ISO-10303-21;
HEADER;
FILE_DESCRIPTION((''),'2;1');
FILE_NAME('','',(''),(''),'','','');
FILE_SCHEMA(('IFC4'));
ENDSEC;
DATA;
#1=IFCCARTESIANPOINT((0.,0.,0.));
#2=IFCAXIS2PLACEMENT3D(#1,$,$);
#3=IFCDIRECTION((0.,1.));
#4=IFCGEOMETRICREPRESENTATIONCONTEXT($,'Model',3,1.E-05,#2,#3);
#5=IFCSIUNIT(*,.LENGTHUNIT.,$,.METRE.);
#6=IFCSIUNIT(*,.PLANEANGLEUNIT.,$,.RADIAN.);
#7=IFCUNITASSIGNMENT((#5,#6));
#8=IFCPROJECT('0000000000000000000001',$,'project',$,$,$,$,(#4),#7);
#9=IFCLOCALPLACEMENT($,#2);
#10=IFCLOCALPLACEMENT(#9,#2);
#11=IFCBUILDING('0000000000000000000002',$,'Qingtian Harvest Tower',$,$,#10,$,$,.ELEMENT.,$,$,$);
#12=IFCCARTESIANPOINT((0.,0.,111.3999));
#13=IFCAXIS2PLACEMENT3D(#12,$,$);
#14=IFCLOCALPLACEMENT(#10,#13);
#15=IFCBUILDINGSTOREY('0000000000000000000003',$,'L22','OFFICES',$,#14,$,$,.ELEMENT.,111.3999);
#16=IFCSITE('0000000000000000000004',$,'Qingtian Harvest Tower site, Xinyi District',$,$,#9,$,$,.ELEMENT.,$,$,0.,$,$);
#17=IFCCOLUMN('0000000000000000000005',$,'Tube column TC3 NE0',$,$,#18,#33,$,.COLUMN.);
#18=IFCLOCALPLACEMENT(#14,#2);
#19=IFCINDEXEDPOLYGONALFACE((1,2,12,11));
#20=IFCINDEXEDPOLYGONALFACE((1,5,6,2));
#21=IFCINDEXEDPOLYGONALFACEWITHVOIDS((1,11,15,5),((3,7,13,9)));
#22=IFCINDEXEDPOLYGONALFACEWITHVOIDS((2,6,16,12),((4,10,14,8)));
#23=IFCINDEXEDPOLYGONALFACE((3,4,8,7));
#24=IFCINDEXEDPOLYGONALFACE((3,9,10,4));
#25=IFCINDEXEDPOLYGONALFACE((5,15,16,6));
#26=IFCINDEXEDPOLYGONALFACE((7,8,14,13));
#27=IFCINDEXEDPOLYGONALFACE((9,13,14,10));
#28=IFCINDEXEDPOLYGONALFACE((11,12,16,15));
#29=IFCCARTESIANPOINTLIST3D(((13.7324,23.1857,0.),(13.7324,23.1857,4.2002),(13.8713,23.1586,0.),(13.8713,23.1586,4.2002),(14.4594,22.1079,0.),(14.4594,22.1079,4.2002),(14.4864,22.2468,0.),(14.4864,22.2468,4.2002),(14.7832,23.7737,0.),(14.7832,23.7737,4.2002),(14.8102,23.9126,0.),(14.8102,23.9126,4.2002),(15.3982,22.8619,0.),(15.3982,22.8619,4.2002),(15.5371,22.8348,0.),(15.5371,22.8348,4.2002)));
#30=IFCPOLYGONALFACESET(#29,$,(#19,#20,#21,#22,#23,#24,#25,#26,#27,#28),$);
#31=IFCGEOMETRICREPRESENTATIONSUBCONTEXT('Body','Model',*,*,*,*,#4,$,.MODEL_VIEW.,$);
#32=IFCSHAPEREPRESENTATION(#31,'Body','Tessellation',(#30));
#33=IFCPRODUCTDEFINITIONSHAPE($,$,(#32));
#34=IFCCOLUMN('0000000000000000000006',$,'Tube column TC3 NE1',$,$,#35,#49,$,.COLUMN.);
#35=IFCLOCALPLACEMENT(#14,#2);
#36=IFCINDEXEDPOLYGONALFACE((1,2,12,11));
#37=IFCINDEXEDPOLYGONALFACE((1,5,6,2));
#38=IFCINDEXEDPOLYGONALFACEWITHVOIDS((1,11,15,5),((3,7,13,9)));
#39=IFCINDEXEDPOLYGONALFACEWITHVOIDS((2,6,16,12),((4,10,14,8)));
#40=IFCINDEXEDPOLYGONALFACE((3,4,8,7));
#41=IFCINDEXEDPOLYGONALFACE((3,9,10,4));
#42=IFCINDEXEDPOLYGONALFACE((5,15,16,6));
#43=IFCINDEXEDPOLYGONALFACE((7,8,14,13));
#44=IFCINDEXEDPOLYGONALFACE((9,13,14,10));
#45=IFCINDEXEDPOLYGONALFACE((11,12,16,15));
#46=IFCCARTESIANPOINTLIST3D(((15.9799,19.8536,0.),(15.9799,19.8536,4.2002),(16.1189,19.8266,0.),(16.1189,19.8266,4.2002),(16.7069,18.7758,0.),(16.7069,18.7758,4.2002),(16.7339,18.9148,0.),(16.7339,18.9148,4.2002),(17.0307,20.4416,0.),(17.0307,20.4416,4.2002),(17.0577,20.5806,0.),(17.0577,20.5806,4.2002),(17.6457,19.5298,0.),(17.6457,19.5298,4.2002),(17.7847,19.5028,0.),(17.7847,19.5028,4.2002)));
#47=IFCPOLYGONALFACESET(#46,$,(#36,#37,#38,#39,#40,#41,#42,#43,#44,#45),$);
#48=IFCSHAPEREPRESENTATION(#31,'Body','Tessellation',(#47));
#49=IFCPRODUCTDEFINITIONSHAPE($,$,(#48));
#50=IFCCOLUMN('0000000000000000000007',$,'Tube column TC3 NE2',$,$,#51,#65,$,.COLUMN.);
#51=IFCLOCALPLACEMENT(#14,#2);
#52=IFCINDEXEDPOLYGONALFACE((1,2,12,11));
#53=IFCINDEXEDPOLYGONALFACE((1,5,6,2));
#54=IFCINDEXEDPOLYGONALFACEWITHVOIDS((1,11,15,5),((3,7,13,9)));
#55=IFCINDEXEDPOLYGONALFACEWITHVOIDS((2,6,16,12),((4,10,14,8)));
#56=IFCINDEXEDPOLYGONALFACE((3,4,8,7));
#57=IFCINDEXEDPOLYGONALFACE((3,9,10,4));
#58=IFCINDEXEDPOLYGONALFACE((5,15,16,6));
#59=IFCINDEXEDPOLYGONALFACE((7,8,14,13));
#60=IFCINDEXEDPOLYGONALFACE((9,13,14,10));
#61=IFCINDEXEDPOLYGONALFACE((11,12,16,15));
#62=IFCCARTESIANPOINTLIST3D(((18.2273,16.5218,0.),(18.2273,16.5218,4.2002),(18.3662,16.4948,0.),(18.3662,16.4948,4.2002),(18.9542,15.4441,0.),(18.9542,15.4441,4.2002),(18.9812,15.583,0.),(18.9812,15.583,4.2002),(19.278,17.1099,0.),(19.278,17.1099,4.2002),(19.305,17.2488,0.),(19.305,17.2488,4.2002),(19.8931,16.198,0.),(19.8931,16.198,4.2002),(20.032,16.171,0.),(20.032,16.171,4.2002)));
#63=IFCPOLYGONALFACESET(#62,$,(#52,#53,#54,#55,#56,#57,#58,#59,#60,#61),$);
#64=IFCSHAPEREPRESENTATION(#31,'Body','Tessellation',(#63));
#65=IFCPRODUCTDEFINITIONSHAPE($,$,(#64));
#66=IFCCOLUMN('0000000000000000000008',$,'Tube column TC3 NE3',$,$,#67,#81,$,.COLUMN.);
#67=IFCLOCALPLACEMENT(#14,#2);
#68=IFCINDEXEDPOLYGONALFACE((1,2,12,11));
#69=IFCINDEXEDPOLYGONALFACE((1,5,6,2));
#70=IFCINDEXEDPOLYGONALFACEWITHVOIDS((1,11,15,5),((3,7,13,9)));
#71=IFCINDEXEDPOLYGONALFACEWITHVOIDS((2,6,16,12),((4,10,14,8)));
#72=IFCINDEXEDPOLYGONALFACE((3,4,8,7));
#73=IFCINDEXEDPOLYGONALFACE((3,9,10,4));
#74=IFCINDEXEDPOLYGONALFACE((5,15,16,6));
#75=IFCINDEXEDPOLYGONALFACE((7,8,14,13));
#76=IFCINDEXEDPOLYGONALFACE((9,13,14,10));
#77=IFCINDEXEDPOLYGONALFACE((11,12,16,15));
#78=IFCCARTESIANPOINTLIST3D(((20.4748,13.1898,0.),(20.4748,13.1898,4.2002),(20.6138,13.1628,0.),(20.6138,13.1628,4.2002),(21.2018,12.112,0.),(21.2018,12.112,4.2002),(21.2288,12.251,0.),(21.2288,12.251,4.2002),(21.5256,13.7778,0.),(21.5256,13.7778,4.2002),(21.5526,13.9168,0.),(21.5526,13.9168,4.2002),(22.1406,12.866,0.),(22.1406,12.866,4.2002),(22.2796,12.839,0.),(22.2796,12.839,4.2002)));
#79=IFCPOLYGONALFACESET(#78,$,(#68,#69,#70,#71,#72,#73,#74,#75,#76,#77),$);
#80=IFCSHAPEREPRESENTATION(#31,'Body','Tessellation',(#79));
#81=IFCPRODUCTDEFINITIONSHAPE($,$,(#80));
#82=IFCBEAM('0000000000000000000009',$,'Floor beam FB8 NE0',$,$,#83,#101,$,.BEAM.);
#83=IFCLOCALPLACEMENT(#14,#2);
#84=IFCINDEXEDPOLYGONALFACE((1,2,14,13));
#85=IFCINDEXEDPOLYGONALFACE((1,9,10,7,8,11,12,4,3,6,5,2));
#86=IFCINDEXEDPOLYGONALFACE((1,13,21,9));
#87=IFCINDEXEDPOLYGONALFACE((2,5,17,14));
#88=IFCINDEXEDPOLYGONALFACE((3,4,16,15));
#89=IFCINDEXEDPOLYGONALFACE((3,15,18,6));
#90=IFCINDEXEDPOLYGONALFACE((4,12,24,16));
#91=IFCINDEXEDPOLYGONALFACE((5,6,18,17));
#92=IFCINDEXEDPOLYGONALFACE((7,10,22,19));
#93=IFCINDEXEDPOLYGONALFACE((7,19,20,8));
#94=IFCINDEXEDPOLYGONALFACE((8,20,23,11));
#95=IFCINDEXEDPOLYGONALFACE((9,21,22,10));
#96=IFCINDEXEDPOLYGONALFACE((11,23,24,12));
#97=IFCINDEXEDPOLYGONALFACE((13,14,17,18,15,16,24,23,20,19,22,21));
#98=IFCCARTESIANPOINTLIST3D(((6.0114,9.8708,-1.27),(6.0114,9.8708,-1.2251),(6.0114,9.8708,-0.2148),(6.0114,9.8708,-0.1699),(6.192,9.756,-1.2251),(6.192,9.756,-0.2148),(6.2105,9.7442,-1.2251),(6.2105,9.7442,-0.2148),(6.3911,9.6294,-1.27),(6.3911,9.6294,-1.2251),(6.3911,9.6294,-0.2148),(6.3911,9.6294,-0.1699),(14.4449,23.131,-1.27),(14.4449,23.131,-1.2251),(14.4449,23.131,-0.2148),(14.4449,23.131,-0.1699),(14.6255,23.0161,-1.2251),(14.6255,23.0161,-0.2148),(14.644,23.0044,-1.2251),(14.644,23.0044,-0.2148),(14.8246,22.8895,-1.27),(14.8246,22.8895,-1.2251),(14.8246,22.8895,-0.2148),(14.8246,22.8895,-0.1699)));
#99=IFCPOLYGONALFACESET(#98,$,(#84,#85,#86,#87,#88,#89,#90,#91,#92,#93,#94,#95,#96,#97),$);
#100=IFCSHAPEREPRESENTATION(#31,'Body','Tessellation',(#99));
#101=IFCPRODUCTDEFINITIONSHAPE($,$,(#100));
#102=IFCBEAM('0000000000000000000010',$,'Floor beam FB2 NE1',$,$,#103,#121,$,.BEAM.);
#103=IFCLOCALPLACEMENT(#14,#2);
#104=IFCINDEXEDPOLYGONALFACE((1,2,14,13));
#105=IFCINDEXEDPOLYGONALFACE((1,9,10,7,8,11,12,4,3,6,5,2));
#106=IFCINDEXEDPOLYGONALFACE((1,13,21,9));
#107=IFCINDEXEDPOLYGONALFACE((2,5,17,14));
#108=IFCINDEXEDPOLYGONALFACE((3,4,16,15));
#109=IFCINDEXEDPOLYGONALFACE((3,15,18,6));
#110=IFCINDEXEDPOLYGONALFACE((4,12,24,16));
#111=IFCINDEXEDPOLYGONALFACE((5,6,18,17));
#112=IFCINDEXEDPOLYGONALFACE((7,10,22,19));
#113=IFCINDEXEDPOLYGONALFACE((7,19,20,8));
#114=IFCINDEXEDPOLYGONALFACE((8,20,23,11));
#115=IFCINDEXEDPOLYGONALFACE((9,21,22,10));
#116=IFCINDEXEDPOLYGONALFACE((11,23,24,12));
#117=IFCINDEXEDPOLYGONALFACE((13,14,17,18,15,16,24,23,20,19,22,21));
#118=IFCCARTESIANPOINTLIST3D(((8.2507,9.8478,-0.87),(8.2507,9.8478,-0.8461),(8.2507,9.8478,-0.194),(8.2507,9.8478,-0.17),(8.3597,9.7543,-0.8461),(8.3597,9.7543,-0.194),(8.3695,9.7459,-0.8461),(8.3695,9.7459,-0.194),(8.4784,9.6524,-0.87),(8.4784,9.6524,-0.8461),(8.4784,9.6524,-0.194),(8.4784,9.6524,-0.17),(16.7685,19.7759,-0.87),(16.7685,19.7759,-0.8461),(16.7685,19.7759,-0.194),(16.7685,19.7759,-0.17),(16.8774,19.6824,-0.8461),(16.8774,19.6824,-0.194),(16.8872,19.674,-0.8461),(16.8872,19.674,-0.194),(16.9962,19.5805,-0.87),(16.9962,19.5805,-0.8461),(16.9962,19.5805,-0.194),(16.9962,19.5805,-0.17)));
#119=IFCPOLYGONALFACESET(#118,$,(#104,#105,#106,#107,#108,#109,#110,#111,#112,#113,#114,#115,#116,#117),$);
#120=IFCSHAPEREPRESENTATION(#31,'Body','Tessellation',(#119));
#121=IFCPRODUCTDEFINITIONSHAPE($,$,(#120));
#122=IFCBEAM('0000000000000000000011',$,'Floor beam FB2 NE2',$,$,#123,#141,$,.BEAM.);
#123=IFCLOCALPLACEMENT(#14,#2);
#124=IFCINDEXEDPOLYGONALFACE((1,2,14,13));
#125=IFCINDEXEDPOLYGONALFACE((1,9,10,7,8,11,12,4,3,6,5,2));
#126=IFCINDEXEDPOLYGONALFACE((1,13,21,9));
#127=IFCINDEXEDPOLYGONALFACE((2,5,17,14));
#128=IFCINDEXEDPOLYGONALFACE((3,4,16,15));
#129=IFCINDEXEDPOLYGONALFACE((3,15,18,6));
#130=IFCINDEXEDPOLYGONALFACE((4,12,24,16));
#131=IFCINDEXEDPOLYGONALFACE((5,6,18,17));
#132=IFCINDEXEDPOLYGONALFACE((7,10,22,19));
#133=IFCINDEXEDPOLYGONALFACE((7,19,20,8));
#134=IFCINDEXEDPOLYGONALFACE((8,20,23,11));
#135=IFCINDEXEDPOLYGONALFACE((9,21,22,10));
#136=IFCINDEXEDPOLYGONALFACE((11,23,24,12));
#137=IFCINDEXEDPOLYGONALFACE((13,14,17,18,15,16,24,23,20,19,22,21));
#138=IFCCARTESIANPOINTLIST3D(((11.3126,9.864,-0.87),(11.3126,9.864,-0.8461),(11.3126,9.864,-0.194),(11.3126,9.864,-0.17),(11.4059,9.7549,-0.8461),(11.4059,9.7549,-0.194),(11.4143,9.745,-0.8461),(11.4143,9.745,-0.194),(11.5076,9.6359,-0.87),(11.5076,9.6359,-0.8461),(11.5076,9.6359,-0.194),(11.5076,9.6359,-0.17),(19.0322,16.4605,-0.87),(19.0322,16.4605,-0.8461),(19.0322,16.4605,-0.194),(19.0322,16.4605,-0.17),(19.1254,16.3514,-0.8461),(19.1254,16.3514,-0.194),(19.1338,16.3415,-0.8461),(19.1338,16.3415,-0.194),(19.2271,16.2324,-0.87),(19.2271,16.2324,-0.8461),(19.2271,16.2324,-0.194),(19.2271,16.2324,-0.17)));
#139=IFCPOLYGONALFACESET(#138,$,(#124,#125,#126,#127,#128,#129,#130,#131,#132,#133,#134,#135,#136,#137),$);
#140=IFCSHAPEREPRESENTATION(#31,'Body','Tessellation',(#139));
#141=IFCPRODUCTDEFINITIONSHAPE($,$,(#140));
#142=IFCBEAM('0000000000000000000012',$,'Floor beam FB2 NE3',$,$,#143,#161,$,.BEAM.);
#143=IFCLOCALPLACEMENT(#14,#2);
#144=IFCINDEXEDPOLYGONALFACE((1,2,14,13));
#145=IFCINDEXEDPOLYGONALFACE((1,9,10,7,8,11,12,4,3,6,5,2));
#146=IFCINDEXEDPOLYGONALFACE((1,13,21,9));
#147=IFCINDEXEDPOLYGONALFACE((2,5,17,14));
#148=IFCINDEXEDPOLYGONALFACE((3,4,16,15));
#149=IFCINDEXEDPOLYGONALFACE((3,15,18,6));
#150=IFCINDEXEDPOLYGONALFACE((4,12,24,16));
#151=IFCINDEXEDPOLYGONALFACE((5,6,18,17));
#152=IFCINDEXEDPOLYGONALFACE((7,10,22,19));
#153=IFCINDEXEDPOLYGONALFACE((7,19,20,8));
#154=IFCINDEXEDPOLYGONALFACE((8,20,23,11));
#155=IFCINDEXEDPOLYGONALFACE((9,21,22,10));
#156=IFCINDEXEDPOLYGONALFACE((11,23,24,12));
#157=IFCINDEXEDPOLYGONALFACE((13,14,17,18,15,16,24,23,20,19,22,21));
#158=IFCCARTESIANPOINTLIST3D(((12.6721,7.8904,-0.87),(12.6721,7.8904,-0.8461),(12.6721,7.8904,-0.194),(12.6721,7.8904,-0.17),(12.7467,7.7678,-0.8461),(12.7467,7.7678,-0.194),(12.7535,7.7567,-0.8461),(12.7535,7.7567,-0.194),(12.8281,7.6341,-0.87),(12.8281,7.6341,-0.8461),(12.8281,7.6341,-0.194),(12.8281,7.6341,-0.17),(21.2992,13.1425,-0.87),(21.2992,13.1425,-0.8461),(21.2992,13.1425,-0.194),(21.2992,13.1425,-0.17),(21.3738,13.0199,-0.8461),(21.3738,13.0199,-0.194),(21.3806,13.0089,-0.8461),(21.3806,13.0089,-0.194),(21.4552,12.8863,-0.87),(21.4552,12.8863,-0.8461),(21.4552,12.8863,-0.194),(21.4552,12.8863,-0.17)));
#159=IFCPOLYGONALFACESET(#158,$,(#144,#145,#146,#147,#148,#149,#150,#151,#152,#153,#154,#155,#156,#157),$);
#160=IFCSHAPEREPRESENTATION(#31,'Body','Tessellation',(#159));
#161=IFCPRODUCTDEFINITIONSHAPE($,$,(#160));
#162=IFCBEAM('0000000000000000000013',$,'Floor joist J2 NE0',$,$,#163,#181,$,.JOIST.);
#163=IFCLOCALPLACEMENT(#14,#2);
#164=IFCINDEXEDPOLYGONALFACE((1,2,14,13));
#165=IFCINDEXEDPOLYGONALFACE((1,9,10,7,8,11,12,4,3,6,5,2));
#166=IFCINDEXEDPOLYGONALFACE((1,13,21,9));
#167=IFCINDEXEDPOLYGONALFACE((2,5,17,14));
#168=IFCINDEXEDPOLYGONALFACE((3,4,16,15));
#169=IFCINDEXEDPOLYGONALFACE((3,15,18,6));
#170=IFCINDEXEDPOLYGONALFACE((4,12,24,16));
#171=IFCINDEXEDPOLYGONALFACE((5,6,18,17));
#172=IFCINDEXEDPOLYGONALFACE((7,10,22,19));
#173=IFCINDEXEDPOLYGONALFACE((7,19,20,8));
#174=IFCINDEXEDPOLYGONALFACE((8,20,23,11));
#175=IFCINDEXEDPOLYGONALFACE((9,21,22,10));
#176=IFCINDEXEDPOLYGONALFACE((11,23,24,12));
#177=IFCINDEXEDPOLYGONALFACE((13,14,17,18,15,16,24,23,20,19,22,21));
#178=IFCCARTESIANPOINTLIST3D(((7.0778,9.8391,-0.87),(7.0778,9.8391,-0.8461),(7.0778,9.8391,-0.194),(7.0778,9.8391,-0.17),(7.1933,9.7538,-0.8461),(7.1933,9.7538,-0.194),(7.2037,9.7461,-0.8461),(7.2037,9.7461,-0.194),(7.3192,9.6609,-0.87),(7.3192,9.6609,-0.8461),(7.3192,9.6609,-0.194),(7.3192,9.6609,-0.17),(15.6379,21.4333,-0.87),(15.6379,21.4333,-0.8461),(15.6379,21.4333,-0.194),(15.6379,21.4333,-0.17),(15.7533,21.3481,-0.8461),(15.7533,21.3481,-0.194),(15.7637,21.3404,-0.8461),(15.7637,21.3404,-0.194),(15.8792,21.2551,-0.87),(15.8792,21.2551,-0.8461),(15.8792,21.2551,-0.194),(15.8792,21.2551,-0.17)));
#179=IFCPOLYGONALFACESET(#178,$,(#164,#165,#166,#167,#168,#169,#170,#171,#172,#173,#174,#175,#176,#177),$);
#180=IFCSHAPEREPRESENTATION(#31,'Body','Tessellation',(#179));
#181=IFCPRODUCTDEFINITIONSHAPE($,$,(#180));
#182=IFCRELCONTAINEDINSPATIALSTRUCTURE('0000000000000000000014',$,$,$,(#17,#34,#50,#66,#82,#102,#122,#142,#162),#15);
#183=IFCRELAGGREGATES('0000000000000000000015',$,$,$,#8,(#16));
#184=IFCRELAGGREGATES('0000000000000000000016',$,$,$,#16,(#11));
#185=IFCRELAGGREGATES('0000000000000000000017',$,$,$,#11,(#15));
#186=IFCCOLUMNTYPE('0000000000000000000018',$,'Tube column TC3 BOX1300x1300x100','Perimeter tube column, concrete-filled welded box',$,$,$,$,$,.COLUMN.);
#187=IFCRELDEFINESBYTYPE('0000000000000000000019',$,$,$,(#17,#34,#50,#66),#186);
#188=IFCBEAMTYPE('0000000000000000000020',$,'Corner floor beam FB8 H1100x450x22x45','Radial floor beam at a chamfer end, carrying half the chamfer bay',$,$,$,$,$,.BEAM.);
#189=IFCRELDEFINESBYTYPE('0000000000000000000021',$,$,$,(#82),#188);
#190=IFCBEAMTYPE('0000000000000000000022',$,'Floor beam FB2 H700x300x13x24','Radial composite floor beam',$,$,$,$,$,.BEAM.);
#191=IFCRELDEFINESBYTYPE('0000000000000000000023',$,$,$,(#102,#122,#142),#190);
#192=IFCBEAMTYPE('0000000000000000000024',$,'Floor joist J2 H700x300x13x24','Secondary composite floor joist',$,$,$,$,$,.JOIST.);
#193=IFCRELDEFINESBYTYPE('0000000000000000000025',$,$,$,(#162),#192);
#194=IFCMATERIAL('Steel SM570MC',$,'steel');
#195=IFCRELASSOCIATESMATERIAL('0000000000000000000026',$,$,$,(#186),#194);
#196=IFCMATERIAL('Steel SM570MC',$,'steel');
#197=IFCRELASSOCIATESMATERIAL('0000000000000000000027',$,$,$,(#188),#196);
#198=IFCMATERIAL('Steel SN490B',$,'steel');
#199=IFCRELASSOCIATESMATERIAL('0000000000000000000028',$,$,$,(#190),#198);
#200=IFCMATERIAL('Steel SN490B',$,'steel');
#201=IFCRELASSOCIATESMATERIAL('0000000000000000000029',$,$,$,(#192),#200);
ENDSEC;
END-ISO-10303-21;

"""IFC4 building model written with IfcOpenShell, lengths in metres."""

from ifc_helpers import new_model, si_unit, direction, frame, origin, origin_2d, place, context, subcontext, project, spatial, hollow_rectangle, i_section, extrude, material, material_profile, profile_set, type_object, element, save


model = new_model("IFC4")

# Units and contexts
model_context = context("Model", 3, precision=1e-05, world=origin(), true_north=direction((0.0, 1.0)))
body_context = subcontext(model_context, "Body", "Model", "MODEL_VIEW")
ifc_project = project(units=[si_unit("LENGTHUNIT", "METRE"), si_unit("PLANEANGLEUNIT", "RADIAN")], contexts=[model_context])

# Site, building, storey
site_placement = place(None, origin())
site = spatial("IfcSite", under=ifc_project, at=site_placement, Name="Qingtian Harvest Tower site, Xinyi District", CompositionType="ELEMENT", RefElevation=0.0)
building_placement = place(site_placement, origin())
building = spatial("IfcBuilding", under=site, at=building_placement, Name="Qingtian Harvest Tower", CompositionType="ELEMENT")
storey_placement = place(building_placement, frame((0.0, 0.0, 111.3999)))
storey = spatial("IfcBuildingStorey", under=building, at=storey_placement, Name="L22", Description="OFFICES", CompositionType="ELEMENT", Elevation=111.3999)

# Columns
ifc_material_1 = material(Name="Steel SM570MC", Category="steel")
ifc_material_profile_1 = material_profile(ifc_material_1, hollow_rectangle(XDim=1.3, YDim=1.3, WallThickness=0.1001, at=origin_2d()), Name="BOX1300x1300x100")
ifc_profile_set_1 = profile_set([ifc_material_profile_1], Name="Steel SM570MC")
column_type = type_object("IfcColumnType", Name="Tube column TC3 BOX1300x1300x100", Description="Perimeter tube column, concrete-filled welded box", PredefinedType="COLUMN", material=ifc_profile_set_1)
for number, where, z_axis, x_axis, name in (
    (1, (14.6348, 23.0103, 0.0), (0.0, 0.0, 1.0), (-0.559193, 0.829038, 0.0), "Tube column TC3 NE0"),
    (2, (16.8823, 19.6782, 0.0), (0.0, 0.0, 1.0), (-0.559193, 0.829038, 0.0), "Tube column TC3 NE1"),
    (3, (19.1296, 16.3464, 0.0), (0.0, 0.0, 1.0), (-0.559193, 0.829038, 0.0), "Tube column TC3 NE2"),
    (4, (21.3772, 13.0144, 0.0), (0.0, 0.0, 1.0), (-0.559193, 0.829038, 0.0), "Tube column TC3 NE3"),
):
    element("IfcColumn", number, at=place(storey_placement, frame(where, z_axis=z_axis, x_axis=x_axis)), inside=storey, type_object=column_type, Name=name, PredefinedType="COLUMN", context=body_context, shape_type="SweptSolid", body=[
        extrude(hollow_rectangle(XDim=1.3, YDim=1.3, WallThickness=0.1001, at=origin_2d()), origin(), (0.0, 0.0, 1.0), 4.2002),
    ])

# Beams
ifc_material_2 = material(Name="Steel SM570MC", Category="steel")
ifc_material_profile_2 = material_profile(ifc_material_2, i_section(OverallWidth=0.45, OverallDepth=1.1001, WebThickness=0.022, FlangeThickness=0.0449, at=origin_2d()), Name="H1100x450x22x45")
ifc_profile_set_2 = profile_set([ifc_material_profile_2], Name="Steel SM570MC")
beam_type_1 = type_object("IfcBeamType", Name="Corner floor beam FB8 H1100x450x22x45", Description="Radial floor beam at a chamfer end, carrying half the chamfer bay", PredefinedType="BEAM", material=ifc_profile_set_2)
beam_1_placement = place(storey_placement, frame((14.6348, 23.0103, -0.72), z_axis=(-0.53666, -0.843798, 0.0), x_axis=(0.843798, -0.53666, 0.0)))
element("IfcBeam", 5, at=beam_1_placement, inside=storey, type_object=beam_type_1, Name="Floor beam FB8 NE0", PredefinedType="BEAM", context=body_context, shape_type="SweptSolid", body=[
    extrude(i_section(OverallWidth=0.45, OverallDepth=1.1001, WebThickness=0.022, FlangeThickness=0.0449, at=origin_2d()), origin(), (0.0, 0.0, 1.0), 15.7148),
])
ifc_material_3 = material(Name="Steel SN490B", Category="steel")
ifc_material_profile_3 = material_profile(ifc_material_3, i_section(OverallWidth=0.3, OverallDepth=0.7, WebThickness=0.0129, FlangeThickness=0.0239, at=origin_2d()), Name="H700x300x13x24")
ifc_profile_set_3 = profile_set([ifc_material_profile_3], Name="Steel SN490B")
beam_type_2 = type_object("IfcBeamType", Name="Floor beam FB2 H700x300x13x24", Description="Radial composite floor beam", PredefinedType="BEAM", material=ifc_profile_set_3)
beam_2_placement = place(storey_placement, frame((16.8823, 19.6782, -0.52), z_axis=(-0.65114, -0.758957, 0.0), x_axis=(0.758957, -0.65114, 0.0)))
element("IfcBeam", 6, at=beam_2_placement, inside=storey, type_object=beam_type_2, Name="Floor beam FB2 NE1", PredefinedType="BEAM", context=body_context, shape_type="SweptSolid", body=[
    extrude(i_section(OverallWidth=0.3, OverallDepth=0.7, WebThickness=0.0129, FlangeThickness=0.0239, at=origin_2d()), origin(), (0.0, 0.0, 1.0), 13.0813),
])
beam_3_placement = place(storey_placement, frame((19.1296, 16.3464, -0.52), z_axis=(-0.760242, -0.64964, 0.0), x_axis=(0.64964, -0.760242, 0.0)))
element("IfcBeam", 7, at=beam_3_placement, inside=storey, type_object=beam_type_2, Name="Floor beam FB2 NE2", PredefinedType="BEAM", context=body_context, shape_type="SweptSolid", body=[
    extrude(i_section(OverallWidth=0.3, OverallDepth=0.7, WebThickness=0.0129, FlangeThickness=0.0239, at=origin_2d()), origin(), (0.0, 0.0, 1.0), 10.1541),
])
beam_4_placement = place(storey_placement, frame((21.3772, 13.0144, -0.52), z_axis=(-0.854161, -0.520009, 0.0), x_axis=(0.520009, -0.854161, 0.0)))
element("IfcBeam", 8, at=beam_4_placement, inside=storey, type_object=beam_type_2, Name="Floor beam FB2 NE3", PredefinedType="BEAM", context=body_context, shape_type="SweptSolid", body=[
    extrude(i_section(OverallWidth=0.3, OverallDepth=0.7, WebThickness=0.0129, FlangeThickness=0.0239, at=origin_2d()), origin(), (0.0, 0.0, 1.0), 10.1001),
])
ifc_material_4 = material(Name="Steel SN490B", Category="steel")
ifc_material_profile_4 = material_profile(ifc_material_4, i_section(OverallWidth=0.3, OverallDepth=0.7, WebThickness=0.0129, FlangeThickness=0.0239, at=origin_2d()), Name="H700x300x13x24")
ifc_profile_set_4 = profile_set([ifc_material_profile_4], Name="Steel SN490B")
beam_type_3 = type_object("IfcBeamType", Name="Floor joist J2 H700x300x13x24", Description="Secondary composite floor joist", PredefinedType="JOIST", material=ifc_profile_set_4)
beam_5_placement = place(storey_placement, frame((15.7585, 21.3442, -0.52), z_axis=(-0.59396, -0.804494, 0.0), x_axis=(0.804494, -0.59396, 0.0)))
element("IfcBeam", 9, at=beam_5_placement, inside=storey, type_object=beam_type_3, Name="Floor joist J2 NE0", PredefinedType="JOIST", context=body_context, shape_type="SweptSolid", body=[
    extrude(i_section(OverallWidth=0.3, OverallDepth=0.7, WebThickness=0.0129, FlangeThickness=0.0239, at=origin_2d()), origin(), (0.0, 0.0, 1.0), 14.4119),
])

save(model, "model.ifc")
